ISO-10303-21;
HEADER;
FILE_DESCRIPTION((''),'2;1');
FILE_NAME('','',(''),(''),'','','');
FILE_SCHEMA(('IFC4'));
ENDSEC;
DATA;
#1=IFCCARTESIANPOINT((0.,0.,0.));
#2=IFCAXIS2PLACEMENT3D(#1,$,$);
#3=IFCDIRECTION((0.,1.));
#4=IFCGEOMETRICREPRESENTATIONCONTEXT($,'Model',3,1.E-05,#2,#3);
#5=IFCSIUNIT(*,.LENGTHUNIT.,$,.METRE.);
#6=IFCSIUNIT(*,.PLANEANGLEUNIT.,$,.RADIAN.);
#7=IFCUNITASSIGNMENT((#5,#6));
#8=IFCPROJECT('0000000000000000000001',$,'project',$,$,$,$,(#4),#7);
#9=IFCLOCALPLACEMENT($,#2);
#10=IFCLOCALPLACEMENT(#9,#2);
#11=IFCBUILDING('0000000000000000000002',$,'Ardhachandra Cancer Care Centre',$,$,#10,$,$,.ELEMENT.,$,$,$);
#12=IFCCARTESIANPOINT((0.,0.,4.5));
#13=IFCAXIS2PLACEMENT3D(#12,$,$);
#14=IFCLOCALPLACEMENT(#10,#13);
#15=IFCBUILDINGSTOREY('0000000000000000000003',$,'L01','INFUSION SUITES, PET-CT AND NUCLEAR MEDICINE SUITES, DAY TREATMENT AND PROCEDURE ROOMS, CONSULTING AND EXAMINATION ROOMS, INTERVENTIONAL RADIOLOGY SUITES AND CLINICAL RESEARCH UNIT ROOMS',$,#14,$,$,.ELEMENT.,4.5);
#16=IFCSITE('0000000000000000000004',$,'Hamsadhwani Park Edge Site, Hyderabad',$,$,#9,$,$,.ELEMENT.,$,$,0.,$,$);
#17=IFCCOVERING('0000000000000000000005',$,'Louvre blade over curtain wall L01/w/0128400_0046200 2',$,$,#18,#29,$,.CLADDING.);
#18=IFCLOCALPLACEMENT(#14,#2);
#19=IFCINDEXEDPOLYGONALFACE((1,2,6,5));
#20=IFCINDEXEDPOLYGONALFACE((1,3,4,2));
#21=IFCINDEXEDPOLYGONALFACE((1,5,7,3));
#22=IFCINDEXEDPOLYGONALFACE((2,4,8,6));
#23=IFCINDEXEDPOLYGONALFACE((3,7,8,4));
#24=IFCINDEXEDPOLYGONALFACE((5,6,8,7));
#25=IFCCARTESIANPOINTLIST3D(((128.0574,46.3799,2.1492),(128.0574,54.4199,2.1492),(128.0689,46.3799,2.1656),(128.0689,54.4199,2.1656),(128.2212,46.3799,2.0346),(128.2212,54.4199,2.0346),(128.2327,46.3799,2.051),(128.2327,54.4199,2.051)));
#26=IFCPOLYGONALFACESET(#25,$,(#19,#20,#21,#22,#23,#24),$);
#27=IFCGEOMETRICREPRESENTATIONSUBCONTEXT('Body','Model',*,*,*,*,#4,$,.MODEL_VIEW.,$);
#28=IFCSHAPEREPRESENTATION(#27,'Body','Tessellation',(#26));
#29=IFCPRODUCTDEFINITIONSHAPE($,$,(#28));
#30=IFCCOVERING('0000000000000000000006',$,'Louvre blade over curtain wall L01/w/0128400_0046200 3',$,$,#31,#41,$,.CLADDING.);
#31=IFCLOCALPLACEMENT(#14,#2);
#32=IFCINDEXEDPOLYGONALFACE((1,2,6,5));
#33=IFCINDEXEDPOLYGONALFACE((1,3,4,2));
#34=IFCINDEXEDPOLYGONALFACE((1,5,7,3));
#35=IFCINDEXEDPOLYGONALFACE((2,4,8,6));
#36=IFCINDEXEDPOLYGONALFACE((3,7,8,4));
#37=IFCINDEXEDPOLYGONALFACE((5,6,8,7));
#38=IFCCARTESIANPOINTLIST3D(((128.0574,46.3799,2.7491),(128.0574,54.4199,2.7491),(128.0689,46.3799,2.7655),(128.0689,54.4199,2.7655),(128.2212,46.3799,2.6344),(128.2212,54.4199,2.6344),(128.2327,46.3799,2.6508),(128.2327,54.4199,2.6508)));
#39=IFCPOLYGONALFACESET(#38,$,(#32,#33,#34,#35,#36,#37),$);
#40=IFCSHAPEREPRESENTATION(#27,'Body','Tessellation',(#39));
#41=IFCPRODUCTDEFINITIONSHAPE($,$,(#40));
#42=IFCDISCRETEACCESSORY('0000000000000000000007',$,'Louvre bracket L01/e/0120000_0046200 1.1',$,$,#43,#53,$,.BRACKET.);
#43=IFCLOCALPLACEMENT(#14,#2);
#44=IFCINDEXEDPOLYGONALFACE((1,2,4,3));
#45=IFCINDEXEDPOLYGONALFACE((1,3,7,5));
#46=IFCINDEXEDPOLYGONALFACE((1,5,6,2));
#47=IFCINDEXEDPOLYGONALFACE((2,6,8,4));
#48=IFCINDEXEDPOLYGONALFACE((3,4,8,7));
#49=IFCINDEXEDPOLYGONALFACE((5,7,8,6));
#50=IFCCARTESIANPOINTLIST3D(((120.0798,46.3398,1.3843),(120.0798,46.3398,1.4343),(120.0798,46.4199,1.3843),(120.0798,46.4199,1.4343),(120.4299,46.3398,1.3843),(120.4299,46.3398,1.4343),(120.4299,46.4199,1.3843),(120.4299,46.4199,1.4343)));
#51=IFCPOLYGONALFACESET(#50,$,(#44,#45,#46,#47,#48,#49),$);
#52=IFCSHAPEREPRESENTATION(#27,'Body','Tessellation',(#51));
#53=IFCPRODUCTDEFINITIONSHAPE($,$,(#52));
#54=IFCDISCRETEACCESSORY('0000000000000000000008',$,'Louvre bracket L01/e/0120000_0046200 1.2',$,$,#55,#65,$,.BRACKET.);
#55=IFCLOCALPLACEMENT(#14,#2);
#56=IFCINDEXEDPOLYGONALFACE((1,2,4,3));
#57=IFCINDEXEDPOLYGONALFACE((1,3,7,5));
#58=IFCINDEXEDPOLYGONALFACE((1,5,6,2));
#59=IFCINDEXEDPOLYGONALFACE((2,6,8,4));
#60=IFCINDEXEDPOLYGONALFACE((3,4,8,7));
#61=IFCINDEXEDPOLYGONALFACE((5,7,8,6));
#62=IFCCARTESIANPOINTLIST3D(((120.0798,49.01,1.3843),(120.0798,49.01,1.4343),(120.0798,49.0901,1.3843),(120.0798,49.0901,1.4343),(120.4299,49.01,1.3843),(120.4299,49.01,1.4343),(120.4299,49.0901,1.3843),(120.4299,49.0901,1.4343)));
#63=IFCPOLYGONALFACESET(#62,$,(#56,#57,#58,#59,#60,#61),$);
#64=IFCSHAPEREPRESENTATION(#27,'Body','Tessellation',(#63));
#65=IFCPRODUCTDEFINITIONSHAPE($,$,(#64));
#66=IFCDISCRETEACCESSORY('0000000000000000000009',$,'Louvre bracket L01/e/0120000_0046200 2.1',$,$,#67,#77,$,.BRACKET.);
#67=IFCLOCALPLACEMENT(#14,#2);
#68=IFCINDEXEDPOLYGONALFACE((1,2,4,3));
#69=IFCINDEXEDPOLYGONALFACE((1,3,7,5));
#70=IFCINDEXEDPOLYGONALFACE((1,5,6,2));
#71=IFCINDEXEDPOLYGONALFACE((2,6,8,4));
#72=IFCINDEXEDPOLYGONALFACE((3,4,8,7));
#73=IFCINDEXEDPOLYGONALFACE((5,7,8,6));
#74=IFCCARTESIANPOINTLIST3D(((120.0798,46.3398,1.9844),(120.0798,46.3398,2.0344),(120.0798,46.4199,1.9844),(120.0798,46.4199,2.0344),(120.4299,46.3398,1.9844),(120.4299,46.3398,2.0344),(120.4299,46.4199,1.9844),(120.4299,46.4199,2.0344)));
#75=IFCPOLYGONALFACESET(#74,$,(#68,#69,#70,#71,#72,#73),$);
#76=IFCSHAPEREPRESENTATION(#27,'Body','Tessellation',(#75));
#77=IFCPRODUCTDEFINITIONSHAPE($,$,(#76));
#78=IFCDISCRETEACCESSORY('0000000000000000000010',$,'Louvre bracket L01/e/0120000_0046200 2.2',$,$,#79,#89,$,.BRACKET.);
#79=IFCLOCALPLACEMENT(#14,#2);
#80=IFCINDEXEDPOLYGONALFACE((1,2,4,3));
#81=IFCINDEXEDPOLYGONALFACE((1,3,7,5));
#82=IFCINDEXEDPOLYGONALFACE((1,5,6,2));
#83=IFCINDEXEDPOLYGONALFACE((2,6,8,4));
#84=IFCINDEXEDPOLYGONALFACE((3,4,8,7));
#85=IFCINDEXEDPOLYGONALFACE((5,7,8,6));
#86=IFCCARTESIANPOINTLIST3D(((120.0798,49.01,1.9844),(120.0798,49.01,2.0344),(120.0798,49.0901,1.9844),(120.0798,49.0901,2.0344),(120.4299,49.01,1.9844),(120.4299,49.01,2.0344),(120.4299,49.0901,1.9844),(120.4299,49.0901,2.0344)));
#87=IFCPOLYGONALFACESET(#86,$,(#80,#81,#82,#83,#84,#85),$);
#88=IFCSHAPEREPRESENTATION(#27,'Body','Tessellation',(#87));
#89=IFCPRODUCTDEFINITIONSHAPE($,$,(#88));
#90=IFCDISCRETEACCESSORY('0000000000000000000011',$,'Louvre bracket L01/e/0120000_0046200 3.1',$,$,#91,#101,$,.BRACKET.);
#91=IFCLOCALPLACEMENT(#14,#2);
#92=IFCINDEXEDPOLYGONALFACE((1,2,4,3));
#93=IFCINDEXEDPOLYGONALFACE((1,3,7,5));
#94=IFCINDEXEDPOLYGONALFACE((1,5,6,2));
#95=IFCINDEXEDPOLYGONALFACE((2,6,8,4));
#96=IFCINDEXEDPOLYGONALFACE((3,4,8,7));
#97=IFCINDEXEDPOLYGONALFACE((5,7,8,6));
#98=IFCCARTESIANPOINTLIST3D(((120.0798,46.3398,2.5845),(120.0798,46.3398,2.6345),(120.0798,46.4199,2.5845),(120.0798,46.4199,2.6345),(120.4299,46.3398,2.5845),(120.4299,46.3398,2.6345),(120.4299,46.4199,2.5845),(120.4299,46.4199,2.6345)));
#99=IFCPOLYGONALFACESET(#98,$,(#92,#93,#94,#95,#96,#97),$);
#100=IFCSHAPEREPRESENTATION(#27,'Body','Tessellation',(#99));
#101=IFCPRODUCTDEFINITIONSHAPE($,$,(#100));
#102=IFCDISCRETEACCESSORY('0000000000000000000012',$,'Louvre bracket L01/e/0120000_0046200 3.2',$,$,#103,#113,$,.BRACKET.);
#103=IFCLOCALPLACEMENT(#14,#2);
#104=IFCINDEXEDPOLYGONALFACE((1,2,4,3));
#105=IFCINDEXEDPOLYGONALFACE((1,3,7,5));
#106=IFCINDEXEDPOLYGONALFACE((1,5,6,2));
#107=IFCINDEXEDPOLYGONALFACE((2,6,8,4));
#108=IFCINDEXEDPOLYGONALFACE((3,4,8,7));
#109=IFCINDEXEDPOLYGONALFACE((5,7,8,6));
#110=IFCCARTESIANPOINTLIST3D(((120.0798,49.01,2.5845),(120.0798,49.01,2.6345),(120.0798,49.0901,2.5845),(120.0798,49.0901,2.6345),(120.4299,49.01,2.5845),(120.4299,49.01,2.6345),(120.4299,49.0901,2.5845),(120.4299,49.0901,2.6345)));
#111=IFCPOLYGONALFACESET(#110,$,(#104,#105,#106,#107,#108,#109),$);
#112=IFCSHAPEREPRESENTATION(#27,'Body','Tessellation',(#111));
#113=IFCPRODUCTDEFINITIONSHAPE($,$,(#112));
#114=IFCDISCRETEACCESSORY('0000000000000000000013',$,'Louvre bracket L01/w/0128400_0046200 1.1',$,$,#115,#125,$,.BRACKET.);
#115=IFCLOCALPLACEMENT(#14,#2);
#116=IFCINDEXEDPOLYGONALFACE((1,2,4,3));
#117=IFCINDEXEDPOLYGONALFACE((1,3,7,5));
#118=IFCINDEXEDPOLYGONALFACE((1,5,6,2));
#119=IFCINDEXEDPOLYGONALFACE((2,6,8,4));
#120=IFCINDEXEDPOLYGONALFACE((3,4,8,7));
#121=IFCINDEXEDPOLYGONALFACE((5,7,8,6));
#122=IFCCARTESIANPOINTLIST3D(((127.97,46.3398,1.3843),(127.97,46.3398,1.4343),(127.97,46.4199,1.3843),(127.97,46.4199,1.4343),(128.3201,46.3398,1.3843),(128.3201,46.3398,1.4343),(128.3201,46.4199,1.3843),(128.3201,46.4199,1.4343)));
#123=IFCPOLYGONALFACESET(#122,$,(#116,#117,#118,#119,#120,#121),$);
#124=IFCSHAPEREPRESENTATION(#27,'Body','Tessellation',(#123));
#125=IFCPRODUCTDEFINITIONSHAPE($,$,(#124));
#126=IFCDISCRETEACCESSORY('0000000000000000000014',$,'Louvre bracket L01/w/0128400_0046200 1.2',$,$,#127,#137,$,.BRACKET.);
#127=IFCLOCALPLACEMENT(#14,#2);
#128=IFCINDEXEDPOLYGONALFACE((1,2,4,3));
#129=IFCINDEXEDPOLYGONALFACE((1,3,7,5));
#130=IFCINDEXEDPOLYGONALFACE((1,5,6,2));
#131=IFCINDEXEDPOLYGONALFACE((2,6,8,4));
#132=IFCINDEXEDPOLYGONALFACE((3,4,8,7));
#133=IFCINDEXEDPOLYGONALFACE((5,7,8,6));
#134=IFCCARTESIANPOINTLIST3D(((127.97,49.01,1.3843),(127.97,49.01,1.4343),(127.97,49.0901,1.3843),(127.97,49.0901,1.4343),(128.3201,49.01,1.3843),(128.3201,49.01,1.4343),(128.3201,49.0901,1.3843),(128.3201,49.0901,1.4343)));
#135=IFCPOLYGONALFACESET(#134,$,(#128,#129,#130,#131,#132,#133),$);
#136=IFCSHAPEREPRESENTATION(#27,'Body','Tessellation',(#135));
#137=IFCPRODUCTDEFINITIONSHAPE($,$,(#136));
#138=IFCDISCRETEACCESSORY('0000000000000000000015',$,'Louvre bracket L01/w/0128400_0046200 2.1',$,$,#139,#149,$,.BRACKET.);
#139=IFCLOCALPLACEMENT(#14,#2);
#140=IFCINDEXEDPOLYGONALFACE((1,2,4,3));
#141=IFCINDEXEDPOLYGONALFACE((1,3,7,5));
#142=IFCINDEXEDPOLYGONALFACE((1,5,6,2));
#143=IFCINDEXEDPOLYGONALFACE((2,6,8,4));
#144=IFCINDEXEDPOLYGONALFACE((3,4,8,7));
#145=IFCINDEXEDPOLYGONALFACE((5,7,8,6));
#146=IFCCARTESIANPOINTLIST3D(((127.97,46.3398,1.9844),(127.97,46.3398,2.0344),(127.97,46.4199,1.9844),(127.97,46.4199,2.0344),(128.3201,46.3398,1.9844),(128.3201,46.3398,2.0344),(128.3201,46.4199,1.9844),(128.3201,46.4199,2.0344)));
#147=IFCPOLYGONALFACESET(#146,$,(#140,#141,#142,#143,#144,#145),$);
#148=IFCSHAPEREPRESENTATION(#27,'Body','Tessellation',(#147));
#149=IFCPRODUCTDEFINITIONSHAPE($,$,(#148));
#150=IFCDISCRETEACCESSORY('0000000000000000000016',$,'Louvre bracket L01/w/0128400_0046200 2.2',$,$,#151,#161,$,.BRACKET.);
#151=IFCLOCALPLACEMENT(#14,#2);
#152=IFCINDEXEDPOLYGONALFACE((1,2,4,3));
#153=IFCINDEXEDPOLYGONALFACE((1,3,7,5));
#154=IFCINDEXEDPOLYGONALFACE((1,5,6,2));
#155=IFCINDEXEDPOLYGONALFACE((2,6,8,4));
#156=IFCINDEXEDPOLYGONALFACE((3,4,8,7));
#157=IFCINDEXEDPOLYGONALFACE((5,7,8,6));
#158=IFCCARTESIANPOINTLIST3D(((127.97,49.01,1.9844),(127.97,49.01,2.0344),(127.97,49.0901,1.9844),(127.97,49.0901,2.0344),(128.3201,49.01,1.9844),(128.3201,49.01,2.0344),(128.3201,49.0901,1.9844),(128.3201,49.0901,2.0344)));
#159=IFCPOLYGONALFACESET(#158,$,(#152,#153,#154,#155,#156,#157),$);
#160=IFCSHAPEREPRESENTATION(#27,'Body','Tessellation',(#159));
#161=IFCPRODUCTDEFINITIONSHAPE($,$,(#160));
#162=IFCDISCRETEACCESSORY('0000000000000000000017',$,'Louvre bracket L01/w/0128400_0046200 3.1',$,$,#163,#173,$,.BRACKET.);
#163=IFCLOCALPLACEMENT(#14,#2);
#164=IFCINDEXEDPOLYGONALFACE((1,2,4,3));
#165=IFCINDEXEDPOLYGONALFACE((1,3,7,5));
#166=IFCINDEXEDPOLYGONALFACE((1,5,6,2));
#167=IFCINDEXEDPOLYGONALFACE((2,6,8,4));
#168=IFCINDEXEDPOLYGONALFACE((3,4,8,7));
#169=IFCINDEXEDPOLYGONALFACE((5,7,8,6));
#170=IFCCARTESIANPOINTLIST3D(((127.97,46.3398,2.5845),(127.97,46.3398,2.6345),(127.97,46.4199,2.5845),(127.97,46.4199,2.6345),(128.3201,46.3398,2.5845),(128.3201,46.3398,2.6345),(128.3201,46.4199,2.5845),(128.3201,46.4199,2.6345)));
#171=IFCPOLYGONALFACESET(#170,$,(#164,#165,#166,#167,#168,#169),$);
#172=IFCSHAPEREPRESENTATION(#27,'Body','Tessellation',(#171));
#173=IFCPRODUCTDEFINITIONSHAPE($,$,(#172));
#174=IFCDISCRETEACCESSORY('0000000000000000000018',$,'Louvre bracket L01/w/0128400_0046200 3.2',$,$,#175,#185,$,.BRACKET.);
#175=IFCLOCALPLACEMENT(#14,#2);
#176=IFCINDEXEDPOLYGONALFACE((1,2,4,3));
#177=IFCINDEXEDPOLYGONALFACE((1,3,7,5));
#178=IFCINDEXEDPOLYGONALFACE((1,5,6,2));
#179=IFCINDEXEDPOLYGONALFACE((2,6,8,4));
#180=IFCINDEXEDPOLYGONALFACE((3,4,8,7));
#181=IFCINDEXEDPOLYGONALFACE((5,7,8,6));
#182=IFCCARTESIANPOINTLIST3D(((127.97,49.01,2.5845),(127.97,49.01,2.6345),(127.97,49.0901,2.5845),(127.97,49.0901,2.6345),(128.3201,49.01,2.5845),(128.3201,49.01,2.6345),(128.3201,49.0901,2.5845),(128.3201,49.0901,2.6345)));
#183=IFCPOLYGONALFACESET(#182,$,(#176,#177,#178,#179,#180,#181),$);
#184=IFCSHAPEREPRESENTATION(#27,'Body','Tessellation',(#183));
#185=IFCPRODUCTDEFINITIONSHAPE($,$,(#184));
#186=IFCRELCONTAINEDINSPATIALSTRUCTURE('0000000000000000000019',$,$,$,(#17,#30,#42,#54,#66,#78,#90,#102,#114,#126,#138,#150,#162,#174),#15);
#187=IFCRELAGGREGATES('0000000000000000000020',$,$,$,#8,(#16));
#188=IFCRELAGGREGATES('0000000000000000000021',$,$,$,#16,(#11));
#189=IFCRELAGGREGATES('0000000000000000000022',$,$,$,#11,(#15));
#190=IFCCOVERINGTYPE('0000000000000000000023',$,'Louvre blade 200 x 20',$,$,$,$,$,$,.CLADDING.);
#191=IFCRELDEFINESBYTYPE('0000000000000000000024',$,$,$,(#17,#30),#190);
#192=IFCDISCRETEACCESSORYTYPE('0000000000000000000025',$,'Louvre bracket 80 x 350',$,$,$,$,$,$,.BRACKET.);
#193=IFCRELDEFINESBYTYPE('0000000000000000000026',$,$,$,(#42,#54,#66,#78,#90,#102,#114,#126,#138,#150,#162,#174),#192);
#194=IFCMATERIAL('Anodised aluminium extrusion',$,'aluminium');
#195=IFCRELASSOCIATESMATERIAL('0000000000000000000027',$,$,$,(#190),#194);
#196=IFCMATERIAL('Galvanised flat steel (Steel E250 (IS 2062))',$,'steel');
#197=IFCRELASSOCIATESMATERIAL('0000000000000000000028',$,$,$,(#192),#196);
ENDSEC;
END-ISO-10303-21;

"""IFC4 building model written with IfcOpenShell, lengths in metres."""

from ifc_helpers import new_model, si_unit, direction, frame, origin, origin_2d, place, context, subcontext, project, spatial, rectangle, extrude, material, material_profile, profile_set, type_object, element, save


model = new_model("IFC4")

# Units and contexts
model_context = context("Model", 3, precision=1e-05, world=origin(), true_north=direction((0.0, 1.0)))
body_context = subcontext(model_context, "Body", "Model", "MODEL_VIEW")
ifc_project = project(units=[si_unit("LENGTHUNIT", "METRE"), si_unit("PLANEANGLEUNIT", "RADIAN")], contexts=[model_context])

# Site, building, storey
site_placement = place(None, origin())
site = spatial("IfcSite", under=ifc_project, at=site_placement, Name="Hamsadhwani Park Edge Site, Hyderabad", CompositionType="ELEMENT", RefElevation=0.0)
building_placement = place(site_placement, origin())
building = spatial("IfcBuilding", under=site, at=building_placement, Name="Ardhachandra Cancer Care Centre", CompositionType="ELEMENT")
storey_placement = place(building_placement, frame((0.0, 0.0, 4.5)))
storey = spatial("IfcBuildingStorey", under=building, at=storey_placement, Name="L01", Description="INFUSION SUITES, PET-CT AND NUCLEAR MEDICINE SUITES, DAY TREATMENT AND PROCEDURE ROOMS, CONSULTING AND EXAMINATION ROOMS, INTERVENTIONAL RADIOLOGY SUITES AND CLINICAL RESEARCH UNIT ROOMS", CompositionType="ELEMENT", Elevation=4.5)

# Coverings
ifc_material_1 = material(Name="Anodised aluminium extrusion", Category="aluminium")
ifc_material_profile_1 = material_profile(ifc_material_1, rectangle(XDim=0.2, YDim=0.02, at=origin_2d()), Name="Louvre blade 200 x 20")
ifc_profile_set_1 = profile_set([ifc_material_profile_1], Name="Anodised aluminium extrusion")
covering_type = type_object("IfcCoveringType", Name="Louvre blade 200 x 20", PredefinedType="CLADDING", material=ifc_profile_set_1)
for number, where, z_axis, x_axis, name in (
    (1, (128.145, 46.3799, 2.1001), (0.0, 1.0, 0.0), (-0.819152, 0.0, 0.573576), "Louvre blade over curtain wall L01/w/0128400_0046200 2"),
    (2, (128.145, 46.3799, 2.7), (0.0, 1.0, 0.0), (-0.819152, 0.0, 0.573576), "Louvre blade over curtain wall L01/w/0128400_0046200 3"),
):
    element("IfcCovering", number, at=place(storey_placement, frame(where, z_axis=z_axis, x_axis=x_axis)), inside=storey, type_object=covering_type, Name=name, PredefinedType="CLADDING", context=body_context, shape_type="SweptSolid", body=[
        extrude(rectangle(XDim=0.2, YDim=0.02, at=origin_2d()), origin(), (0.0, 0.0, 1.0), 8.04),
    ])

# Discrete accessories
ifc_material_2 = material(Name="Galvanised flat steel (Steel E250 (IS 2062))", Category="steel")
discrete_accessory_type = type_object("IfcDiscreteAccessoryType", Name="Louvre bracket 80 x 350", PredefinedType="BRACKET", material=ifc_material_2)
for number, where, z_axis, x_axis, name in (
    (3, (120.2549, 46.3799, 1.3843), (0.0, 0.0, 1.0), (0.0, 1.0, 0.0), "Louvre bracket L01/e/0120000_0046200 1.1"),
    (4, (120.2549, 49.05, 1.3843), (0.0, 0.0, 1.0), (0.0, 1.0, 0.0), "Louvre bracket L01/e/0120000_0046200 1.2"),
    (5, (120.2549, 46.3799, 1.9844), (0.0, 0.0, 1.0), (0.0, 1.0, 0.0), "Louvre bracket L01/e/0120000_0046200 2.1"),
    (6, (120.2549, 49.05, 1.9844), (0.0, 0.0, 1.0), (0.0, 1.0, 0.0), "Louvre bracket L01/e/0120000_0046200 2.2"),
    (7, (120.2549, 46.3799, 2.5845), (0.0, 0.0, 1.0), (0.0, 1.0, 0.0), "Louvre bracket L01/e/0120000_0046200 3.1"),
    (8, (120.2549, 49.05, 2.5845), (0.0, 0.0, 1.0), (0.0, 1.0, 0.0), "Louvre bracket L01/e/0120000_0046200 3.2"),
    (9, (128.145, 46.3799, 1.3843), (0.0, 0.0, 1.0), (0.0, 1.0, 0.0), "Louvre bracket L01/w/0128400_0046200 1.1"),
    (10, (128.145, 49.05, 1.3843), (0.0, 0.0, 1.0), (0.0, 1.0, 0.0), "Louvre bracket L01/w/0128400_0046200 1.2"),
    (11, (128.145, 46.3799, 1.9844), (0.0, 0.0, 1.0), (0.0, 1.0, 0.0), "Louvre bracket L01/w/0128400_0046200 2.1"),
    (12, (128.145, 49.05, 1.9844), (0.0, 0.0, 1.0), (0.0, 1.0, 0.0), "Louvre bracket L01/w/0128400_0046200 2.2"),
    (13, (128.145, 46.3799, 2.5845), (0.0, 0.0, 1.0), (0.0, 1.0, 0.0), "Louvre bracket L01/w/0128400_0046200 3.1"),
    (14, (128.145, 49.05, 2.5845), (0.0, 0.0, 1.0), (0.0, 1.0, 0.0), "Louvre bracket L01/w/0128400_0046200 3.2"),
):
    element("IfcDiscreteAccessory", number, at=place(storey_placement, frame(where, z_axis=z_axis, x_axis=x_axis)), inside=storey, type_object=discrete_accessory_type, Name=name, PredefinedType="BRACKET", context=body_context, shape_type="SweptSolid", body=[
        extrude(rectangle(XDim=0.0801, YDim=0.3501, at=origin_2d()), origin(), (0.0, 0.0, 1.0), 0.05),
    ])

save(model, "model.ifc")
